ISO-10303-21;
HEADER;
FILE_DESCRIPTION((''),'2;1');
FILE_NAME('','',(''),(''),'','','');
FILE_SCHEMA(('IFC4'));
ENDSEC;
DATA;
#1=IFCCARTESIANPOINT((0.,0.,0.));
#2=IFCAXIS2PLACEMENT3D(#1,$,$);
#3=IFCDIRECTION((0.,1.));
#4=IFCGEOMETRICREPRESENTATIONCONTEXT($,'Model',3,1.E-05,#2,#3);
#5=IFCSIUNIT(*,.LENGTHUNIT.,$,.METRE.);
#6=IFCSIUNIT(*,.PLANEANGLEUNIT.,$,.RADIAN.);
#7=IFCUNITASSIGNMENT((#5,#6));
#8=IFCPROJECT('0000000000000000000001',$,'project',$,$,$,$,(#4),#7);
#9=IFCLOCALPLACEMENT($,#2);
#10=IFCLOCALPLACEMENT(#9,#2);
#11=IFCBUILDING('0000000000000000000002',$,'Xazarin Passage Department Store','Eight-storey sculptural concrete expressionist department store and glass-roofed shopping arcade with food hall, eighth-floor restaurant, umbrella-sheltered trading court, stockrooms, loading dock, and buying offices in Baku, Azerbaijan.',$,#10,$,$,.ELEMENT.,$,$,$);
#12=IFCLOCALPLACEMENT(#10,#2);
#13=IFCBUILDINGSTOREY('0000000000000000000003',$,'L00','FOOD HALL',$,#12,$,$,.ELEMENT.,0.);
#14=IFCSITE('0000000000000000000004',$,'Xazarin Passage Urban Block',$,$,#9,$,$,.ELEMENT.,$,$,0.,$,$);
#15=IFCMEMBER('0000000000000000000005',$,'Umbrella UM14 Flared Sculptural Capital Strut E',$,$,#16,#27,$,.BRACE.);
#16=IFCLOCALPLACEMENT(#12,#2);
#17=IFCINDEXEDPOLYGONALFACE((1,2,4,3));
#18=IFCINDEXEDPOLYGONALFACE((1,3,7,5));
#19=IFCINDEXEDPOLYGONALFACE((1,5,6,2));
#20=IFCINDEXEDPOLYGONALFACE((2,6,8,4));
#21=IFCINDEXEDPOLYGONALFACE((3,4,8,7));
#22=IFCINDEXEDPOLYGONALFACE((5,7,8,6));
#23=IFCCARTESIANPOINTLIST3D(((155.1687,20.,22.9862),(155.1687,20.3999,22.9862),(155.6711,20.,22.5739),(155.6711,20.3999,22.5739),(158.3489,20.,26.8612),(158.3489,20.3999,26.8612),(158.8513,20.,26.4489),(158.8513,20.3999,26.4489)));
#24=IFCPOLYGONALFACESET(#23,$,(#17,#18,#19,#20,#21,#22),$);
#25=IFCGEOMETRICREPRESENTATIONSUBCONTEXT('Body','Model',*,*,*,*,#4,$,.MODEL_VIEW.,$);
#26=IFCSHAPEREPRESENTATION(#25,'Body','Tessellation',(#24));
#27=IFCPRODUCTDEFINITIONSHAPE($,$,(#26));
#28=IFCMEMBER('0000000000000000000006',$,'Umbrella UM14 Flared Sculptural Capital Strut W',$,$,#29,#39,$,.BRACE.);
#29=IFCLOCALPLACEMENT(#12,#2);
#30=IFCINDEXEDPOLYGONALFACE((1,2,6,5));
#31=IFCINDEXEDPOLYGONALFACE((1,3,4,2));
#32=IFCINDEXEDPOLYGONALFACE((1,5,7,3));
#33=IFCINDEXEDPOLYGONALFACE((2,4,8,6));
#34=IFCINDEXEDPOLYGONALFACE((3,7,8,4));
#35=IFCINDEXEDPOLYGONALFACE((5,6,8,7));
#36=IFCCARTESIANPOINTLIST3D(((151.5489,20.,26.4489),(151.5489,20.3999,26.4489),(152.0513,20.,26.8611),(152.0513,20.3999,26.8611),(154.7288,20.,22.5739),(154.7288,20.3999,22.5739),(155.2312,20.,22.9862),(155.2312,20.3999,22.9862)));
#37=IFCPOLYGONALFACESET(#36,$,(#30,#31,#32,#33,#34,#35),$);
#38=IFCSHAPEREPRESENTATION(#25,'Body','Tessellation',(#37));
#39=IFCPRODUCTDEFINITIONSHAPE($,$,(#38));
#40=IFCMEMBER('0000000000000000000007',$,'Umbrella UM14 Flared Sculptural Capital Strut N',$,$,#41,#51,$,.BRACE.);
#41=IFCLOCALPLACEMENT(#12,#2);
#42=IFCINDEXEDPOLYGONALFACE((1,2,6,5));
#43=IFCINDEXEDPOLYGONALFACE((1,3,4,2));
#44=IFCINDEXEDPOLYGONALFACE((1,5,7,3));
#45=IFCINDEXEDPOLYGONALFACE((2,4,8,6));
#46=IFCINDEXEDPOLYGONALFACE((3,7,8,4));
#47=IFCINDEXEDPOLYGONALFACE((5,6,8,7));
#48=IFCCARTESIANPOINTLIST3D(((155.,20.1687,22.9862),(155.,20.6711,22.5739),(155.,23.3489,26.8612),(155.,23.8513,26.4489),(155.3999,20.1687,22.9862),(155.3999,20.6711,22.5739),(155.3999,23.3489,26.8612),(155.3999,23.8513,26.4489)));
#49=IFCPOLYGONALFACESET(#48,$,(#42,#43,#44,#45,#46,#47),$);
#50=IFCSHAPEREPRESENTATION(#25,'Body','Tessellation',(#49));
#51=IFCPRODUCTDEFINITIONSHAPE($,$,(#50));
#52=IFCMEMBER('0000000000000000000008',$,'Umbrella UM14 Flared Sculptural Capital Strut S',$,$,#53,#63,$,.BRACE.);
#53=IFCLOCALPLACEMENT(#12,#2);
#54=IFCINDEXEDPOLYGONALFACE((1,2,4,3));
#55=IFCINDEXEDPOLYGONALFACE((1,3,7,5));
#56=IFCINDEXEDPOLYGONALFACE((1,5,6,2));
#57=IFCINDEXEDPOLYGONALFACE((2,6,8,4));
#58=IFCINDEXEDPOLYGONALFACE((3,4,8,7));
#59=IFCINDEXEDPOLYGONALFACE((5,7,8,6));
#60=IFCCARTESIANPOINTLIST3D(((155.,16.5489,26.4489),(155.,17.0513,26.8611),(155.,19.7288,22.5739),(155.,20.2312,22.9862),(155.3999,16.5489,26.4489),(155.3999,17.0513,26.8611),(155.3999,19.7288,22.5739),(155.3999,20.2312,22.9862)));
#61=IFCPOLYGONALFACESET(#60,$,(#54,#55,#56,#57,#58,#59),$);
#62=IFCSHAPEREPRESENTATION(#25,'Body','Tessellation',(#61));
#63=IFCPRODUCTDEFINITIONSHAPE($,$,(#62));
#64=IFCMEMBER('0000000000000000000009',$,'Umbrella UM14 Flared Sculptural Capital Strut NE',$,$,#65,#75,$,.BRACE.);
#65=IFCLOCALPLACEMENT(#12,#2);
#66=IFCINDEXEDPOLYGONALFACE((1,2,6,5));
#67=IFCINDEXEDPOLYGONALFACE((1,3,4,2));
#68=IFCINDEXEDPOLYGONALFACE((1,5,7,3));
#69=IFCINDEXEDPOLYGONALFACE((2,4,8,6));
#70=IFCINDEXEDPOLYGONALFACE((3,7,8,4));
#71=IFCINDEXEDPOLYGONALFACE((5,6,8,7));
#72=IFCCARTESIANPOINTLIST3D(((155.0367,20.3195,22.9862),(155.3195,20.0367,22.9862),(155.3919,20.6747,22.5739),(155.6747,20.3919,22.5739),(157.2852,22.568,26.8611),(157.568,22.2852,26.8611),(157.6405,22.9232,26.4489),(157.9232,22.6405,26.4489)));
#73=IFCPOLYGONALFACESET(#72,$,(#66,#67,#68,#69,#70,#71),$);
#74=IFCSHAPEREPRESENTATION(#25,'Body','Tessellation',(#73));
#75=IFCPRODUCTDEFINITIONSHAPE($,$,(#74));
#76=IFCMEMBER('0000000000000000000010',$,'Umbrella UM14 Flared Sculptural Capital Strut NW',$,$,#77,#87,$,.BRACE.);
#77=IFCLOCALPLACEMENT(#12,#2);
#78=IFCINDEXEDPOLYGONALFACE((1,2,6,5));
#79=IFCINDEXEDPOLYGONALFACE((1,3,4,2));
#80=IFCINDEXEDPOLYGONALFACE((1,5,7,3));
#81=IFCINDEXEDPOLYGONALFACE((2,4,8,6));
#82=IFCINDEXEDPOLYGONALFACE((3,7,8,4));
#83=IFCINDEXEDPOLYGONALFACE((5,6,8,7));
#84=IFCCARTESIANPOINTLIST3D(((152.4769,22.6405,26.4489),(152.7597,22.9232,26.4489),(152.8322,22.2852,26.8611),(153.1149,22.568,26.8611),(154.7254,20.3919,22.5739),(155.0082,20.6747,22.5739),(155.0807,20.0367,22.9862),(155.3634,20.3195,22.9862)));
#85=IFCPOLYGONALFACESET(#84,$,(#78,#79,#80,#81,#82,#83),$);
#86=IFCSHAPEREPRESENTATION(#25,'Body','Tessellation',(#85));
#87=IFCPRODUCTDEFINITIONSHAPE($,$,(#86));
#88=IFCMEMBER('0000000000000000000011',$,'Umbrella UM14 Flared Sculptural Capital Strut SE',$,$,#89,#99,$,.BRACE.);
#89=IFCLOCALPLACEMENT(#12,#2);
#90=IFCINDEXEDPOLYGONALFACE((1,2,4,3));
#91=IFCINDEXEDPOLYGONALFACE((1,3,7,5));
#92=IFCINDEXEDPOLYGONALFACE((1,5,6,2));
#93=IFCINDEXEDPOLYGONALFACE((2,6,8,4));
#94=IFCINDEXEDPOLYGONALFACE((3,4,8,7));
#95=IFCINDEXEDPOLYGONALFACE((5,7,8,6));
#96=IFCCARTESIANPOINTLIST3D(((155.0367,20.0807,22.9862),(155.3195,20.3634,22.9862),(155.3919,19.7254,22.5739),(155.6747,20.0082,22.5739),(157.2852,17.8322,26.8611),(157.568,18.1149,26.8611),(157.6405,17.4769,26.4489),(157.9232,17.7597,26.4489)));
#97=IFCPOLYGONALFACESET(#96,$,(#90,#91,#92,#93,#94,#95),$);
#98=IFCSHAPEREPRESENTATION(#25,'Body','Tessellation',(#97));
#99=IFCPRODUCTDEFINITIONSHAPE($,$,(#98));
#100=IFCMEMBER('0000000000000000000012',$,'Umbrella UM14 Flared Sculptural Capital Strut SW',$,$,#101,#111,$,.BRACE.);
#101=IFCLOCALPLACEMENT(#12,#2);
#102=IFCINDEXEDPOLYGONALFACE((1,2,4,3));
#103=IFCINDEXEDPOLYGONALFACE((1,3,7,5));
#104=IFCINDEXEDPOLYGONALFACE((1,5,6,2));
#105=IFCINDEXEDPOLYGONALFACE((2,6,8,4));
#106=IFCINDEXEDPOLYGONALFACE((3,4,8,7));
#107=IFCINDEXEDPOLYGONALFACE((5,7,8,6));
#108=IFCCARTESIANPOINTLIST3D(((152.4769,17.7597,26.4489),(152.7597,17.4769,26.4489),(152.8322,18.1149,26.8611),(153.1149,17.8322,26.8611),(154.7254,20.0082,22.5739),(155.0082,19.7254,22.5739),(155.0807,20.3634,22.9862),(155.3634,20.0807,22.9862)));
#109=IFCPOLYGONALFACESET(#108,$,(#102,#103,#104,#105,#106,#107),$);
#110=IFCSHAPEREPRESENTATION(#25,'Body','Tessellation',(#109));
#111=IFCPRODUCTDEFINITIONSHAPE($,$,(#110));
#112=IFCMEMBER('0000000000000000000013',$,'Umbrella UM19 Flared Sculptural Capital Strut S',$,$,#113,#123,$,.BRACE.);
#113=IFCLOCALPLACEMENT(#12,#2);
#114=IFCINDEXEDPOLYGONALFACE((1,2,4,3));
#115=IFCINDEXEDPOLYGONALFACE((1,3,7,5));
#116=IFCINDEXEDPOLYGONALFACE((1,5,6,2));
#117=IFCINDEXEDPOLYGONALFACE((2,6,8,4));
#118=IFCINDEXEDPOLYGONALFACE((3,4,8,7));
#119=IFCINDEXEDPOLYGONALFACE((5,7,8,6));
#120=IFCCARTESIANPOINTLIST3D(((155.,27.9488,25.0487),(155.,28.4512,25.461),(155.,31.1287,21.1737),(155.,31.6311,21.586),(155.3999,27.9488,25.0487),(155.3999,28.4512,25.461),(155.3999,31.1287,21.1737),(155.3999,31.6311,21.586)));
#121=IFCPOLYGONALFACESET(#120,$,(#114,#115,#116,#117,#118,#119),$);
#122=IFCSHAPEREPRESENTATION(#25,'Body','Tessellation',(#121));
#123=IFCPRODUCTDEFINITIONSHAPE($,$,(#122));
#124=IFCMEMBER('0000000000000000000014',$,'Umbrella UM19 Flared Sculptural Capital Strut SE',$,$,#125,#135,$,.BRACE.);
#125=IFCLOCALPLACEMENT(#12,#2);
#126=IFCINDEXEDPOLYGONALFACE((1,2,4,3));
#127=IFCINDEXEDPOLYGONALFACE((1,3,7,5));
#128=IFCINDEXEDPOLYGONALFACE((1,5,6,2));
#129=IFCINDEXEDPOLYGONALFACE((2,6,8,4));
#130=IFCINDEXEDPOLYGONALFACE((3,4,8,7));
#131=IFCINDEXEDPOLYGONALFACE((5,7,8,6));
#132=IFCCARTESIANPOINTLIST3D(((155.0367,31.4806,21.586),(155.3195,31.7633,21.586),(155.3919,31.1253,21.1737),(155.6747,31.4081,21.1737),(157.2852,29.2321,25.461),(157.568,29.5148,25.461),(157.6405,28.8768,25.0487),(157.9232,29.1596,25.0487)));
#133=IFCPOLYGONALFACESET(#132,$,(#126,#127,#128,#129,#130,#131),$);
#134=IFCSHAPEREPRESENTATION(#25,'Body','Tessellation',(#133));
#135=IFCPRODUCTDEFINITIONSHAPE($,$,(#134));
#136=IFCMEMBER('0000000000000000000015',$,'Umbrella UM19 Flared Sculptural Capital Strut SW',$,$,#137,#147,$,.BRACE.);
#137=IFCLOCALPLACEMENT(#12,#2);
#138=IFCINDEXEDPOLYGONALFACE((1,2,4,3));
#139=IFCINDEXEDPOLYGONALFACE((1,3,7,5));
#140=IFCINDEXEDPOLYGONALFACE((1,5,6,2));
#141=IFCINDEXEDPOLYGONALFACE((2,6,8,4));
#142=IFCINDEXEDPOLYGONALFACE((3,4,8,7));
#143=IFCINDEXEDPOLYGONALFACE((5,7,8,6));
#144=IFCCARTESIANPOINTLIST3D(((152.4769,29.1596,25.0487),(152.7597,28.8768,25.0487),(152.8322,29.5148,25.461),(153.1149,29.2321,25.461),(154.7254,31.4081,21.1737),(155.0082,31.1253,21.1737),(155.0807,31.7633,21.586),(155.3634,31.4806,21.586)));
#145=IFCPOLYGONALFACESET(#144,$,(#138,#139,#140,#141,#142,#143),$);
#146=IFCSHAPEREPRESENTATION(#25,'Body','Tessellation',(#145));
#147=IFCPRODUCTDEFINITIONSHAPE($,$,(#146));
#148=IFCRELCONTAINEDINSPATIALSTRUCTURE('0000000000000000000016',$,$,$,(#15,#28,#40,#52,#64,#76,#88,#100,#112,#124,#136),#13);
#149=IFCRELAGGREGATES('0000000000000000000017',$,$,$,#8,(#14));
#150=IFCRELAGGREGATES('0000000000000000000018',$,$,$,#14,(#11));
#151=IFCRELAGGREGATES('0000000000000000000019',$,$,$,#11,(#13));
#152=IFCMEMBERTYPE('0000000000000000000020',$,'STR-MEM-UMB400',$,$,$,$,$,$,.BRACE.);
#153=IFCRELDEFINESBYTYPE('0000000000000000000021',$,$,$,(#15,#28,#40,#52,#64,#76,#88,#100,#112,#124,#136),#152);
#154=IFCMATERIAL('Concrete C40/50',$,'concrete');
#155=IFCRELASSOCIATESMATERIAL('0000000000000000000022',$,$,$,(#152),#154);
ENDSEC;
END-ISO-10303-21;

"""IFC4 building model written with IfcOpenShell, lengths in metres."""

from ifc_helpers import new_model, si_unit, direction, frame, origin, origin_2d, place, context, subcontext, project, spatial, rectangle, extrude, material, material_profile, profile_set, type_object, element, save


model = new_model("IFC4")

# Units and contexts
model_context = context("Model", 3, precision=1e-05, world=origin(), true_north=direction((0.0, 1.0)))
body_context = subcontext(model_context, "Body", "Model", "MODEL_VIEW")
ifc_project = project(units=[si_unit("LENGTHUNIT", "METRE"), si_unit("PLANEANGLEUNIT", "RADIAN")], contexts=[model_context])

# Site, building, storey
site_placement = place(None, origin())
site = spatial("IfcSite", under=ifc_project, at=site_placement, Name="Xazarin Passage Urban Block", CompositionType="ELEMENT", RefElevation=0.0)
building_placement = place(site_placement, origin())
building = spatial("IfcBuilding", under=site, at=building_placement, Name="Xazarin Passage Department Store", Description="Eight-storey sculptural concrete expressionist department store and glass-roofed shopping arcade with food hall, eighth-floor restaurant, umbrella-sheltered trading court, stockrooms, loading dock, and buying offices in Baku, Azerbaijan.", CompositionType="ELEMENT")
storey_placement = place(building_placement, origin())
storey = spatial("IfcBuildingStorey", under=building, at=storey_placement, Name="L00", Description="FOOD HALL", CompositionType="ELEMENT", Elevation=0.0)

# Shared definitions
ifc_material_1 = material(Name="Concrete C40/50", Category="concrete")

# Members
ifc_material_profile_1 = material_profile(ifc_material_1, rectangle(XDim=0.3999, YDim=0.6499, at=origin_2d()), Name="RC 400x650")
ifc_profile_set_1 = profile_set([ifc_material_profile_1], Name="Concrete C40/50")
member_type = type_object("IfcMemberType", Name="STR-MEM-UMB400", PredefinedType="BRACE", material=ifc_profile_set_1)
member_1_placement = place(storey_placement, frame((155.4199, 20.2, 22.78), z_axis=(0.634399, 0.0, 0.773006), x_axis=(0.0, 1.0, 0.0)))
element("IfcMember", 1, at=member_1_placement, inside=storey, type_object=member_type, Name="Umbrella UM14 Flared Sculptural Capital Strut E", PredefinedType="BRACE", context=body_context, shape_type="SweptSolid", body=[
    extrude(rectangle(XDim=0.3999, YDim=0.6499, at=origin_2d()), origin(), (0.0, 0.0, 1.0), 5.0129),
])
member_2_placement = place(storey_placement, frame((154.98, 20.2, 22.78), z_axis=(-0.63437, 0.0, 0.77303), x_axis=(0.0, -1.0, 0.0)))
element("IfcMember", 2, at=member_2_placement, inside=storey, type_object=member_type, Name="Umbrella UM14 Flared Sculptural Capital Strut W", PredefinedType="BRACE", context=body_context, shape_type="SweptSolid", body=[
    extrude(rectangle(XDim=0.3999, YDim=0.6499, at=origin_2d()), origin(), (0.0, 0.0, 1.0), 5.0127),
])
member_3_placement = place(storey_placement, frame((155.2, 20.4199, 22.78), z_axis=(0.0, 0.634399, 0.773006), x_axis=(-1.0, 0.0, 0.0)))
element("IfcMember", 3, at=member_3_placement, inside=storey, type_object=member_type, Name="Umbrella UM14 Flared Sculptural Capital Strut N", PredefinedType="BRACE", context=body_context, shape_type="SweptSolid", body=[
    extrude(rectangle(XDim=0.3999, YDim=0.6499, at=origin_2d()), origin(), (0.0, 0.0, 1.0), 5.0129),
])
for number, where, z_axis, x_axis, name in (
    (4, (155.2, 19.98, 22.78), (0.0, -0.63437, 0.77303), (1.0, 0.0, 0.0), "Umbrella UM14 Flared Sculptural Capital Strut S"),
    (5, (155.3557, 20.3557, 22.78), (0.448565, 0.448565, 0.773032), (-0.707107, 0.707107, 0.0), "Umbrella UM14 Flared Sculptural Capital Strut NE"),
    (6, (155.0444, 20.3557, 22.78), (-0.448565, 0.448565, 0.773032), (-0.707107, -0.707107, 0.0), "Umbrella UM14 Flared Sculptural Capital Strut NW"),
    (7, (155.3557, 20.0444, 22.78), (0.448565, -0.448565, 0.773032), (0.707107, 0.707107, 0.0), "Umbrella UM14 Flared Sculptural Capital Strut SE"),
    (8, (155.0444, 20.0444, 22.78), (-0.448565, -0.448565, 0.773032), (0.707107, -0.707107, 0.0), "Umbrella UM14 Flared Sculptural Capital Strut SW"),
    (9, (155.2, 31.3799, 21.3799), (0.0, -0.63437, 0.77303), (1.0, 0.0, 0.0), "Umbrella UM19 Flared Sculptural Capital Strut S"),
    (10, (155.3557, 31.4443, 21.3799), (0.448565, -0.448565, 0.773032), (0.707107, 0.707107, 0.0), "Umbrella UM19 Flared Sculptural Capital Strut SE"),
    (11, (155.0444, 31.4443, 21.3799), (-0.448565, -0.448565, 0.773032), (0.707107, -0.707107, 0.0), "Umbrella UM19 Flared Sculptural Capital Strut SW"),
):
    element("IfcMember", number, at=place(storey_placement, frame(where, z_axis=z_axis, x_axis=x_axis)), inside=storey, type_object=member_type, Name=name, PredefinedType="BRACE", context=body_context, shape_type="SweptSolid", body=[
        extrude(rectangle(XDim=0.3999, YDim=0.6499, at=origin_2d()), origin(), (0.0, 0.0, 1.0), 5.0127),
    ])

save(model, "model.ifc")
